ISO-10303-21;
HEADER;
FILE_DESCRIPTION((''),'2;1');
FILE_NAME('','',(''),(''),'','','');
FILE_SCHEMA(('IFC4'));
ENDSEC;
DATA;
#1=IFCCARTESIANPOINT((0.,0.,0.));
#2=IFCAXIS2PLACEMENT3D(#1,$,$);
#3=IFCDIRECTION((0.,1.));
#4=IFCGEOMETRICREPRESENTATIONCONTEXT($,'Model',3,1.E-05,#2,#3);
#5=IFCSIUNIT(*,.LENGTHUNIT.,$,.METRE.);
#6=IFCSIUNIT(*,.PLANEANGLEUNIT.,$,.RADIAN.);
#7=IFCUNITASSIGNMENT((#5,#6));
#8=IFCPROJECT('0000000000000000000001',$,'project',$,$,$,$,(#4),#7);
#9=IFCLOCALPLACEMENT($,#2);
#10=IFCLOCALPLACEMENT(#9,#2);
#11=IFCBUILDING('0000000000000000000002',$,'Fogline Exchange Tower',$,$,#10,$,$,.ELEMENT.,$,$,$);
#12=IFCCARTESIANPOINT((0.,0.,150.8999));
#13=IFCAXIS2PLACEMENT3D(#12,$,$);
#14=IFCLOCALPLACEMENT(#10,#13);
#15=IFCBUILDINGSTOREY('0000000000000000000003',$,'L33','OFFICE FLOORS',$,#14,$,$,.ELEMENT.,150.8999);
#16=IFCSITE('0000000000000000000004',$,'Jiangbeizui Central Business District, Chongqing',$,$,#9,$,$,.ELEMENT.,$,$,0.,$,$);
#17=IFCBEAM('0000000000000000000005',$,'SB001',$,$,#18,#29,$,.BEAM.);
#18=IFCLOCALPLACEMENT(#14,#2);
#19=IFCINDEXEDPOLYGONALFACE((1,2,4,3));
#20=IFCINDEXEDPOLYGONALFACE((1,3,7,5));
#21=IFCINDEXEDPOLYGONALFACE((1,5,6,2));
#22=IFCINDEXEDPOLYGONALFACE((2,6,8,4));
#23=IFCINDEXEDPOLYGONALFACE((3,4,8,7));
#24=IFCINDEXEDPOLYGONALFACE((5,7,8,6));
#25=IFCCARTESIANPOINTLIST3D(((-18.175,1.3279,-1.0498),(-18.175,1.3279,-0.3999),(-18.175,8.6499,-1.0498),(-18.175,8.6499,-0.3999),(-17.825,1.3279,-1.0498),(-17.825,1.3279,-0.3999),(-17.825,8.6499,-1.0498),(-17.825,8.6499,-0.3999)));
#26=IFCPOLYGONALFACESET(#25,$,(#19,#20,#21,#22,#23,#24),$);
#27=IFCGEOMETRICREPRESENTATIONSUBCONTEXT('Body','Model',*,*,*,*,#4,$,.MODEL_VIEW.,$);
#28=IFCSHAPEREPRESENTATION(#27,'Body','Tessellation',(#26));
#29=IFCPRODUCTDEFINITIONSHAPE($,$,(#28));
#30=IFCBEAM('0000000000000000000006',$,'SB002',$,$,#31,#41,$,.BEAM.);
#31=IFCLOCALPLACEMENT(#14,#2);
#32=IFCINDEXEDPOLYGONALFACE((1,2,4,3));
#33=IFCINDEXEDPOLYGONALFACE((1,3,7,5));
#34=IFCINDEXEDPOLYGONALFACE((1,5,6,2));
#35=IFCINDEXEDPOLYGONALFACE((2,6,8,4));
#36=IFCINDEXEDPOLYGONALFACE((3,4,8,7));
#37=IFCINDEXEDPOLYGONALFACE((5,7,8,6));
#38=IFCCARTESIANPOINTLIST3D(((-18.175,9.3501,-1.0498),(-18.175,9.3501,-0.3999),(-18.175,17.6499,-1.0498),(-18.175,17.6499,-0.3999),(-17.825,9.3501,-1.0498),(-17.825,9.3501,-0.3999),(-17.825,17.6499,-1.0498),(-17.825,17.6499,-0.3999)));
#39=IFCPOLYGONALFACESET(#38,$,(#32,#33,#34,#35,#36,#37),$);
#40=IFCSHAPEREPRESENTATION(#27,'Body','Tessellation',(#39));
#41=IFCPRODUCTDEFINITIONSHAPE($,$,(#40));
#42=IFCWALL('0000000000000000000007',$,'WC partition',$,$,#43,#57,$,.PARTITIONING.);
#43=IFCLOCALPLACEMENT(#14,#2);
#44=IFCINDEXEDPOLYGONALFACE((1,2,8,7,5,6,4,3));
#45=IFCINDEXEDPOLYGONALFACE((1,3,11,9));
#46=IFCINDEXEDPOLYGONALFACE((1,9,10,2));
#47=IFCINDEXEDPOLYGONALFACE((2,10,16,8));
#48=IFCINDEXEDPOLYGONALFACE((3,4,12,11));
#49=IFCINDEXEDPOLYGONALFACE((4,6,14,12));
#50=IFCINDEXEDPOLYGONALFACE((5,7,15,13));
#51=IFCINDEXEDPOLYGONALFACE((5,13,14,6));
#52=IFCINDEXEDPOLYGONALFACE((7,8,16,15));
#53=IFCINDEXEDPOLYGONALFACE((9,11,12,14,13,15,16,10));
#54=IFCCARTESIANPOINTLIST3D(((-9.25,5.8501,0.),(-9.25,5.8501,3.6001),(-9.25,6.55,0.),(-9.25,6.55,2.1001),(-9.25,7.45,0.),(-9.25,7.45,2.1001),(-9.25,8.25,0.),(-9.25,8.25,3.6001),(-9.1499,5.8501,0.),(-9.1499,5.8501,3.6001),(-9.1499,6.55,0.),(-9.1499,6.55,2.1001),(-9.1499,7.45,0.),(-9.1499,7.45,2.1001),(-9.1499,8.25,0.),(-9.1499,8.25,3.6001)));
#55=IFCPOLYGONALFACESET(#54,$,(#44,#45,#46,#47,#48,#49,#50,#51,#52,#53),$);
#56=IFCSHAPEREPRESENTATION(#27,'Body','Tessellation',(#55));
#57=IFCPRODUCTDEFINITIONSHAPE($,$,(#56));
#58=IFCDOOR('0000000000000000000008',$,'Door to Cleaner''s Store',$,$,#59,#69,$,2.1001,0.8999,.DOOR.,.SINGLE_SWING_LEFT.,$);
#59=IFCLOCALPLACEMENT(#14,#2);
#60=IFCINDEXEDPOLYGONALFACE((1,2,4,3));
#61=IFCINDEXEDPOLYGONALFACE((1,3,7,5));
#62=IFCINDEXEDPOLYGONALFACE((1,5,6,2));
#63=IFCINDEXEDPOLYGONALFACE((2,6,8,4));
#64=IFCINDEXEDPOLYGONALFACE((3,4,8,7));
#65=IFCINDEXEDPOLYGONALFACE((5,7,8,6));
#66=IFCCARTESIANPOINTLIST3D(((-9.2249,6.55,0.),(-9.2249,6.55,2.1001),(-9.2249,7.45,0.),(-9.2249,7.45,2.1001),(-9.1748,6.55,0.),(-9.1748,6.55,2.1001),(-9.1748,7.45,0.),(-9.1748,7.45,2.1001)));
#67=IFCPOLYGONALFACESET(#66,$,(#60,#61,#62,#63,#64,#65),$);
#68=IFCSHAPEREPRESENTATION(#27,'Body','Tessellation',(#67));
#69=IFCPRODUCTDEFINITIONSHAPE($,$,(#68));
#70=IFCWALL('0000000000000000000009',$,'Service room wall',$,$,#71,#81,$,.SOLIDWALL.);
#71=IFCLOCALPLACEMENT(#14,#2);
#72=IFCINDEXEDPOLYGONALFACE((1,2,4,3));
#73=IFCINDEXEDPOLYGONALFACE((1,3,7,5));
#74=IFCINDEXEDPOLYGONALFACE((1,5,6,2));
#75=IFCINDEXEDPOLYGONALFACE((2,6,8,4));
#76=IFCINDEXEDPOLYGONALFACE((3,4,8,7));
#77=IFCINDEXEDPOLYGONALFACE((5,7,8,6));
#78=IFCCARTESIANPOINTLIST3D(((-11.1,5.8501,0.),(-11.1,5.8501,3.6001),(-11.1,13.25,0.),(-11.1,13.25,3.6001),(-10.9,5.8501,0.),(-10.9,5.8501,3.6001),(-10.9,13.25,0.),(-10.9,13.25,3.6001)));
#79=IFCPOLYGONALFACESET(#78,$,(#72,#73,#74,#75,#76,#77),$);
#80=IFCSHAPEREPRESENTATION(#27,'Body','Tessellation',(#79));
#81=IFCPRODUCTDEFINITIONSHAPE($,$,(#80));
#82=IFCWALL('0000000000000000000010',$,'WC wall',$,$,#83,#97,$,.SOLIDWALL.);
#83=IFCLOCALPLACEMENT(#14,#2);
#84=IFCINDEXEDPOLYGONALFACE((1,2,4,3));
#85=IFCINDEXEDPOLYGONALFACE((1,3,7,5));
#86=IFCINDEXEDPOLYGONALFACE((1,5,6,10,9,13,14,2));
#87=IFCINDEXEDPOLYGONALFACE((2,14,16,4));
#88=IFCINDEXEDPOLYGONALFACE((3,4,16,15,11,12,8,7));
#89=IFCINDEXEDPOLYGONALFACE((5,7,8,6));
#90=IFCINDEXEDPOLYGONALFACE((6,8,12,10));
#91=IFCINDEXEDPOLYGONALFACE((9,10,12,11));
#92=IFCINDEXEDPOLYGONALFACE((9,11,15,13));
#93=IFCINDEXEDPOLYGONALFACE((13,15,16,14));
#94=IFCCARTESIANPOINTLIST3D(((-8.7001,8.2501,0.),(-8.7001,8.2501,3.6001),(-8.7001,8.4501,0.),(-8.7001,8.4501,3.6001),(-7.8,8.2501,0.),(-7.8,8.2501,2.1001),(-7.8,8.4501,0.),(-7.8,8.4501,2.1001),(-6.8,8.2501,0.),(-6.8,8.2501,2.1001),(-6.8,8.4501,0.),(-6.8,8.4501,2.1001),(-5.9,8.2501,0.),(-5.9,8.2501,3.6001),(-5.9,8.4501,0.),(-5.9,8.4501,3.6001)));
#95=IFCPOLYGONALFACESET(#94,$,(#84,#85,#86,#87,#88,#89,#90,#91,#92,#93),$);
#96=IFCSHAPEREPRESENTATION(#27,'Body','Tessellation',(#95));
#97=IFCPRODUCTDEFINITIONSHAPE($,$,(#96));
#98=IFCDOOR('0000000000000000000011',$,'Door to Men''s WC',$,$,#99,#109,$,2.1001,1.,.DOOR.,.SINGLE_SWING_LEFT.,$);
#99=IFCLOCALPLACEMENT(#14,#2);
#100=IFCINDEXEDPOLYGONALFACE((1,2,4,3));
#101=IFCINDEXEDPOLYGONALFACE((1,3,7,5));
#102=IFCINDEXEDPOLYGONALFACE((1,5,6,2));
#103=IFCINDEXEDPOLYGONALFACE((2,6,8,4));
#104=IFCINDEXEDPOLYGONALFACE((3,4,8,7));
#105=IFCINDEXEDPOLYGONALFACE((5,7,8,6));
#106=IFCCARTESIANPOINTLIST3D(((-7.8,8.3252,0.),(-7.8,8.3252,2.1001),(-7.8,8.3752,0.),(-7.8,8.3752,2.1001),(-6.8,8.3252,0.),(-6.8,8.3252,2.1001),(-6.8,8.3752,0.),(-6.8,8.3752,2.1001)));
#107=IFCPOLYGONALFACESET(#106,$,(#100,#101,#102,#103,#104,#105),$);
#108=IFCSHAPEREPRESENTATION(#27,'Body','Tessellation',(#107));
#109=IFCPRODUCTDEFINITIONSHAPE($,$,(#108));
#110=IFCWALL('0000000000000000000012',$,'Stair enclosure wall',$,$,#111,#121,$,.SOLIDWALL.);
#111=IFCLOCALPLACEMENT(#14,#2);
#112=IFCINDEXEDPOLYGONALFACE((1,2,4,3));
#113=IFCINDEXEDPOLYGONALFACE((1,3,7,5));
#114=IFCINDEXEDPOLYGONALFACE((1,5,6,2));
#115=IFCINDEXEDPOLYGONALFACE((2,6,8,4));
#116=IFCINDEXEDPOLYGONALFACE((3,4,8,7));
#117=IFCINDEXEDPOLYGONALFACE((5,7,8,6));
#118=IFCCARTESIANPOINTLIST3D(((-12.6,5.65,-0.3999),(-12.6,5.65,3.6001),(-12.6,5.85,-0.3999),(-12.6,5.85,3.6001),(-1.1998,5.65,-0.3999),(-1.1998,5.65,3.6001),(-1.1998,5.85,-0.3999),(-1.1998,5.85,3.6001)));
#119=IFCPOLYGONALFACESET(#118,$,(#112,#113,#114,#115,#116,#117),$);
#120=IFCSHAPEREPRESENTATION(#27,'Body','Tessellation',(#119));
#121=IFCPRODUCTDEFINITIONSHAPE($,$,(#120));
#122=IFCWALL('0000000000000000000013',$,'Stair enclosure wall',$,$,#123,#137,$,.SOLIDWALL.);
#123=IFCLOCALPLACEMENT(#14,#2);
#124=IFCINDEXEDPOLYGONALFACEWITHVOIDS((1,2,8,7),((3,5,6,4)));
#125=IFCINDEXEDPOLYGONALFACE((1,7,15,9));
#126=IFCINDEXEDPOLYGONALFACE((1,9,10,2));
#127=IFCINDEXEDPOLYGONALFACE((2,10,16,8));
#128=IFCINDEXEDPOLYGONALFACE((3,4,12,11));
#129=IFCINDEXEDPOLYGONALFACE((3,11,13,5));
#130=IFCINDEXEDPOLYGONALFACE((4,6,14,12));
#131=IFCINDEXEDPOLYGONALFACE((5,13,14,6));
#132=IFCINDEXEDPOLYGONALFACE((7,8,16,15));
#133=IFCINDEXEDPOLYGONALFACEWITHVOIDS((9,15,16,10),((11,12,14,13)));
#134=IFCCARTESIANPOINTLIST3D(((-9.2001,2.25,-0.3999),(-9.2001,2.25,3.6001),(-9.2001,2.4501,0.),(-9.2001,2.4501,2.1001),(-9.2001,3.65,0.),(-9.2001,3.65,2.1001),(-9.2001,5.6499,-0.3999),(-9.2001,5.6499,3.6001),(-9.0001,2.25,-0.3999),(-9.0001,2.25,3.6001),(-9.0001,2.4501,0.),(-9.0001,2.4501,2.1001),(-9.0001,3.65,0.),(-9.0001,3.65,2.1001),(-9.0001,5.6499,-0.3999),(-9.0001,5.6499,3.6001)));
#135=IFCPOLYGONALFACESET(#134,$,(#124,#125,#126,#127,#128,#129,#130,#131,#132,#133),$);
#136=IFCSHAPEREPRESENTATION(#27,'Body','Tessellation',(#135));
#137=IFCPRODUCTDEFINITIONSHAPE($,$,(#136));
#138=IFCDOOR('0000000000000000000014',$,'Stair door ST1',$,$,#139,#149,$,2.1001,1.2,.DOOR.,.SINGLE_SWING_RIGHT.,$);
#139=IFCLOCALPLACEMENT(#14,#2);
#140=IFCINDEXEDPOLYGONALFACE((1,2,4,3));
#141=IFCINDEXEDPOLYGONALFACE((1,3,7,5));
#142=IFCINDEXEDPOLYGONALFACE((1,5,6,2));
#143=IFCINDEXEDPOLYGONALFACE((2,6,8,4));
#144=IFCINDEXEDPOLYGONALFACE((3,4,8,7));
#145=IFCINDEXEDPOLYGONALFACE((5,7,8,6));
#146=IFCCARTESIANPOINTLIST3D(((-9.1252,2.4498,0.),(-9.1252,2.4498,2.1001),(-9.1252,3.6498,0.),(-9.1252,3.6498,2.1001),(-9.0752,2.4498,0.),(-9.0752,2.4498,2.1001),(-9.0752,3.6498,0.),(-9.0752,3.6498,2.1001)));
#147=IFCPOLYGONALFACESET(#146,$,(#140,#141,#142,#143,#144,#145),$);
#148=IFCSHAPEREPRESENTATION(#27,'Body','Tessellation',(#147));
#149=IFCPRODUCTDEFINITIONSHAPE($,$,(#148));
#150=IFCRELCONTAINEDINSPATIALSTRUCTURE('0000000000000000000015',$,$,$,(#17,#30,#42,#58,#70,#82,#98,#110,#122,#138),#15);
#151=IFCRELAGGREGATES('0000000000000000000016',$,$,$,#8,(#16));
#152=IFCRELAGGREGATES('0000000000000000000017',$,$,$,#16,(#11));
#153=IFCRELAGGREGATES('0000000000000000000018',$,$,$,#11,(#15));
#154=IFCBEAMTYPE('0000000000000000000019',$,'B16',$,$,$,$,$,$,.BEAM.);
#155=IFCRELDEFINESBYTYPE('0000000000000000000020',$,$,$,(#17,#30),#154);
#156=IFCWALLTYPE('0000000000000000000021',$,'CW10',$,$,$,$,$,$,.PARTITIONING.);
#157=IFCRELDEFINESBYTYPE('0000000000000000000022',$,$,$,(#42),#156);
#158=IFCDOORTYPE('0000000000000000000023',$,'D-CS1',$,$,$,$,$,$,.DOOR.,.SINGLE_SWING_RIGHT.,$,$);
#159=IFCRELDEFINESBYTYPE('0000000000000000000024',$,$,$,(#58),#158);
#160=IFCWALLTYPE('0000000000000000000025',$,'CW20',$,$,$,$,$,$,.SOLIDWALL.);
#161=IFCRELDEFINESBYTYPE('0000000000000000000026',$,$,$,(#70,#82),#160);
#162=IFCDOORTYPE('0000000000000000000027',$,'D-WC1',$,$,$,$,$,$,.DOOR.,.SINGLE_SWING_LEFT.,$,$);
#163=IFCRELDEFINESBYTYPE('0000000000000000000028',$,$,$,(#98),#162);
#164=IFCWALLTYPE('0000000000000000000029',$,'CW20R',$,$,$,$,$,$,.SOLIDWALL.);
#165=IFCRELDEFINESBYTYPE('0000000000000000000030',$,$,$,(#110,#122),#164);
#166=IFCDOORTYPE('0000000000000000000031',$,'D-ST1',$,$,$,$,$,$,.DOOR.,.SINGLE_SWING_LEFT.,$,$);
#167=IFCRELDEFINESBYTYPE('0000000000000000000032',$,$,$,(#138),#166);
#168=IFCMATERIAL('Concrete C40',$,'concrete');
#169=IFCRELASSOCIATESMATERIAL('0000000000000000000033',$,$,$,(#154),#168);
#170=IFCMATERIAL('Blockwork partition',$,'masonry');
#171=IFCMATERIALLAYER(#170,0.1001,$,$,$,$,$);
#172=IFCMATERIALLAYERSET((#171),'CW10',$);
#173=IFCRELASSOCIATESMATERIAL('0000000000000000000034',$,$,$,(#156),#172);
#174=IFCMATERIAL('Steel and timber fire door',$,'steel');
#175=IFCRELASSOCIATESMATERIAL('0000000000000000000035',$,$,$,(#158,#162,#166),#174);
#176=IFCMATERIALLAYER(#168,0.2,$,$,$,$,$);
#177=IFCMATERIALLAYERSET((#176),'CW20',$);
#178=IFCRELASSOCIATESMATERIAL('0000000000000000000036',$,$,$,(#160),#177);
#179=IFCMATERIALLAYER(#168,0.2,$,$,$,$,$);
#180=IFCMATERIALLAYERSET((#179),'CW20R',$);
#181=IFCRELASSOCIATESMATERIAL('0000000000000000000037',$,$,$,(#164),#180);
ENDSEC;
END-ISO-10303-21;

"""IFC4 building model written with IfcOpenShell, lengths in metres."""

from ifc_helpers import new_model, si_unit, direction, frame, frame_2d, origin, origin_2d, place, context, subcontext, project, spatial, rectangle, extrude, material, layer, layer_set, material_profile, profile_set, type_object, element, fill, save


model = new_model("IFC4")

# Units and contexts
model_context = context("Model", 3, precision=1e-05, world=origin(), true_north=direction((0.0, 1.0)))
body_context = subcontext(model_context, "Body", "Model", "MODEL_VIEW")
ifc_project = project(units=[si_unit("LENGTHUNIT", "METRE"), si_unit("PLANEANGLEUNIT", "RADIAN")], contexts=[model_context])

# Site, building, storey
site_placement = place(None, origin())
site = spatial("IfcSite", under=ifc_project, at=site_placement, Name="Jiangbeizui Central Business District, Chongqing", CompositionType="ELEMENT", RefElevation=0.0)
building_placement = place(site_placement, origin())
building = spatial("IfcBuilding", under=site, at=building_placement, Name="Fogline Exchange Tower", CompositionType="ELEMENT")
storey_placement = place(building_placement, frame((0.0, 0.0, 150.8999)))
storey = spatial("IfcBuildingStorey", under=building, at=storey_placement, Name="L33", Description="OFFICE FLOORS", CompositionType="ELEMENT", Elevation=150.8999)

# Beams
ifc_material_1 = material(Name="Concrete C40", Category="concrete")
ifc_material_profile = material_profile(ifc_material_1, rectangle(XDim=0.3501, YDim=0.6499, at=origin_2d()), Name="RC 350x650")
ifc_profile_set = profile_set([ifc_material_profile], Name="Concrete C40")
beam_type = type_object("IfcBeamType", Name="B16", PredefinedType="BEAM", material=ifc_profile_set)
beam_1_placement = place(storey_placement, frame((-18.0, 1.3279, -0.7249), z_axis=(0.0, 1.0, 0.0), x_axis=(-1.0, 0.0, 0.0)))
element("IfcBeam", 1, at=beam_1_placement, inside=storey, type_object=beam_type, Name="SB001", PredefinedType="BEAM", context=body_context, shape_type="SweptSolid", body=[
    extrude(rectangle(XDim=0.3501, YDim=0.6499, at=origin_2d()), origin(), (0.0, 0.0, 1.0), 7.322),
])
beam_2_placement = place(storey_placement, frame((-18.0, 9.3501, -0.7249), z_axis=(0.0, 1.0, 0.0), x_axis=(-1.0, 0.0, 0.0)))
element("IfcBeam", 2, at=beam_2_placement, inside=storey, type_object=beam_type, Name="SB002", PredefinedType="BEAM", context=body_context, shape_type="SweptSolid", body=[
    extrude(rectangle(XDim=0.3501, YDim=0.6499, at=origin_2d()), origin(), (0.0, 0.0, 1.0), 8.2998),
])

# Wall, opening, door
ifc_material_2 = material(Name="Blockwork partition", Category="masonry")
ifc_layer_1 = layer(ifc_material_2, 0.1001)
ifc_layer_set_1 = layer_set([ifc_layer_1], Name="CW10")
wall_type_1 = type_object("IfcWallType", Name="CW10", PredefinedType="PARTITIONING", material=ifc_layer_set_1)
wall_1_placement = place(storey_placement, frame((-9.2, 5.8501, 0.0), z_axis=(0.0, 0.0, 1.0), x_axis=(0.0, 1.0, 0.0)))
wall_1 = element("IfcWall", 3, at=wall_1_placement, inside=storey, type_object=wall_type_1, Name="WC partition", PredefinedType="PARTITIONING", context=body_context, shape_type="SweptSolid", body=[
    extrude(rectangle(XDim=2.3999, YDim=0.1001, at=frame_2d((1.2, 0.0))), origin(), (0.0, 0.0, 1.0), 3.6001),
])
opening_1_placement = place(wall_1_placement, frame((0.7, 0.0, 0.0)))
opening_1 = element("IfcOpeningElement", 4, at=opening_1_placement, cuts=wall_1, PredefinedType="OPENING", context=body_context, shape_type="SweptSolid", body=[
    extrude(rectangle(XDim=0.8999, YDim=2.1001, at=frame_2d((0.45, 1.05))), frame((0.0, 0.0601, 0.0), z_axis=(0.0, -1.0, 0.0), x_axis=(1.0, 0.0, 0.0)), (0.0, 0.0, 1.0), 0.1201),
])
ifc_material_3 = material(Name="Steel and timber fire door", Category="steel")
door_type_1 = type_object("IfcDoorType", Name="D-CS1", OperationType="SINGLE_SWING_RIGHT", PredefinedType="DOOR", material=ifc_material_3)
door_1_placement = place(opening_1_placement, origin())
door_1 = element("IfcDoor", 5, at=door_1_placement, inside=storey, type_object=door_type_1, Name="Door to Cleaner's Store", OperationType="SINGLE_SWING_LEFT", OverallHeight=2.1001, OverallWidth=0.8999, PredefinedType="DOOR", context=body_context, shape_type="SweptSolid", body=[
    extrude(rectangle(XDim=0.8999, YDim=2.1001, at=frame_2d((0.45, 1.05))), frame((0.0, 0.0249, 0.0), z_axis=(0.0, -1.0, 0.0), x_axis=(1.0, 0.0, 0.0)), (0.0, 0.0, 1.0), 0.05),
])
fill(opening_1, door_1)

# Wall
ifc_layer_2 = layer(ifc_material_1, 0.2)
ifc_layer_set_2 = layer_set([ifc_layer_2], Name="CW20")
wall_type_2 = type_object("IfcWallType", Name="CW20", PredefinedType="SOLIDWALL", material=ifc_layer_set_2)
wall_2_placement = place(storey_placement, frame((-11.0, 5.8501, 0.0), z_axis=(0.0, 0.0, 1.0), x_axis=(0.0, 1.0, 0.0)))
element("IfcWall", 6, at=wall_2_placement, inside=storey, type_object=wall_type_2, Name="Service room wall", PredefinedType="SOLIDWALL", context=body_context, shape_type="SweptSolid", body=[
    extrude(rectangle(XDim=7.3999, YDim=0.2, at=frame_2d((3.7, 0.0))), origin(), (0.0, 0.0, 1.0), 3.6001),
])

# Wall, opening, door
wall_3_placement = place(storey_placement, frame((-8.7, 8.3501, 0.0), z_axis=(0.0, 0.0, 1.0), x_axis=(1.0, 0.0, 0.0)))
wall_3 = element("IfcWall", 7, at=wall_3_placement, inside=storey, type_object=wall_type_2, Name="WC wall", PredefinedType="SOLIDWALL", context=body_context, shape_type="SweptSolid", body=[
    extrude(rectangle(XDim=2.8, YDim=0.2, at=frame_2d((1.3999, 0.0))), origin(), (0.0, 0.0, 1.0), 3.6001),
])
opening_2_placement = place(wall_3_placement, frame((0.8999, 0.0, 0.0)))
opening_2 = element("IfcOpeningElement", 8, at=opening_2_placement, cuts=wall_3, PredefinedType="OPENING", context=body_context, shape_type="SweptSolid", body=[
    extrude(rectangle(XDim=1.0, YDim=2.1001, at=frame_2d((0.5, 1.05))), frame((0.0, 0.1099, 0.0), z_axis=(0.0, -1.0, 0.0), x_axis=(1.0, 0.0, 0.0)), (0.0, 0.0, 1.0), 0.22),
])
door_type_2 = type_object("IfcDoorType", Name="D-WC1", OperationType="SINGLE_SWING_LEFT", PredefinedType="DOOR", material=ifc_material_3)
door_2_placement = place(opening_2_placement, frame((1.0, 0.0, 0.0), z_axis=(0.0, 0.0, 1.0), x_axis=(-1.0, 0.0, 0.0)))
door_2 = element("IfcDoor", 9, at=door_2_placement, inside=storey, type_object=door_type_2, Name="Door to Men's WC", OperationType="SINGLE_SWING_LEFT", OverallHeight=2.1001, OverallWidth=1.0, PredefinedType="DOOR", context=body_context, shape_type="SweptSolid", body=[
    extrude(rectangle(XDim=1.0, YDim=2.1001, at=frame_2d((0.5, 1.05))), frame((0.0, 0.0249, 0.0), z_axis=(0.0, -1.0, 0.0), x_axis=(1.0, 0.0, 0.0)), (0.0, 0.0, 1.0), 0.05),
])
fill(opening_2, door_2)

# Wall
ifc_layer_3 = layer(ifc_material_1, 0.2)
ifc_layer_set_3 = layer_set([ifc_layer_3], Name="CW20R")
wall_type_3 = type_object("IfcWallType", Name="CW20R", PredefinedType="SOLIDWALL", material=ifc_layer_set_3)
wall_4_placement = place(storey_placement, frame((-12.6001, 5.75, -0.3999), z_axis=(0.0, 0.0, 1.0), x_axis=(1.0, 0.0, 0.0)))
element("IfcWall", 10, at=wall_4_placement, inside=storey, type_object=wall_type_3, Name="Stair enclosure wall", PredefinedType="SOLIDWALL", context=body_context, shape_type="SweptSolid", body=[
    extrude(rectangle(XDim=11.4001, YDim=0.2, at=frame_2d((5.7002, 0.0))), origin(), (0.0, 0.0, 1.0), 4.0),
])

# Wall, opening, door
wall_5_placement = place(storey_placement, frame((-9.1001, 2.25, -0.3999), z_axis=(0.0, 0.0, 1.0), x_axis=(0.0, 1.0, 0.0)))
wall_5 = element("IfcWall", 11, at=wall_5_placement, inside=storey, type_object=wall_type_3, Name="Stair enclosure wall", PredefinedType="SOLIDWALL", context=body_context, shape_type="SweptSolid", body=[
    extrude(rectangle(XDim=3.3999, YDim=0.2, at=frame_2d((1.7, 0.0))), origin(), (0.0, 0.0, 1.0), 4.0),
])
opening_3_placement = place(wall_5_placement, frame((0.2, 0.0, 0.3999)))
opening_3 = element("IfcOpeningElement", 12, at=opening_3_placement, cuts=wall_5, PredefinedType="OPENING", context=body_context, shape_type="SweptSolid", body=[
    extrude(rectangle(XDim=1.2, YDim=2.1001, at=frame_2d((0.6001, 1.05))), frame((0.0, 0.1099, 0.0), z_axis=(0.0, -1.0, 0.0), x_axis=(1.0, 0.0, 0.0)), (0.0, 0.0, 1.0), 0.22),
])
door_type_3 = type_object("IfcDoorType", Name="D-ST1", OperationType="SINGLE_SWING_LEFT", PredefinedType="DOOR", material=ifc_material_3)
door_3_placement = place(opening_3_placement, frame((1.2, 0.0, 0.0), z_axis=(0.0, 0.0, 1.0), x_axis=(-1.0, 0.0, 0.0)))
door_3 = element("IfcDoor", 13, at=door_3_placement, inside=storey, type_object=door_type_3, Name="Stair door ST1", OperationType="SINGLE_SWING_RIGHT", OverallHeight=2.1001, OverallWidth=1.2, PredefinedType="DOOR", context=body_context, shape_type="SweptSolid", body=[
    extrude(rectangle(XDim=1.2, YDim=2.1001, at=frame_2d((0.6001, 1.05))), frame((0.0, 0.0249, 0.0), z_axis=(0.0, -1.0, 0.0), x_axis=(1.0, 0.0, 0.0)), (0.0, 0.0, 1.0), 0.05),
])
fill(opening_3, door_3)

save(model, "model.ifc")
